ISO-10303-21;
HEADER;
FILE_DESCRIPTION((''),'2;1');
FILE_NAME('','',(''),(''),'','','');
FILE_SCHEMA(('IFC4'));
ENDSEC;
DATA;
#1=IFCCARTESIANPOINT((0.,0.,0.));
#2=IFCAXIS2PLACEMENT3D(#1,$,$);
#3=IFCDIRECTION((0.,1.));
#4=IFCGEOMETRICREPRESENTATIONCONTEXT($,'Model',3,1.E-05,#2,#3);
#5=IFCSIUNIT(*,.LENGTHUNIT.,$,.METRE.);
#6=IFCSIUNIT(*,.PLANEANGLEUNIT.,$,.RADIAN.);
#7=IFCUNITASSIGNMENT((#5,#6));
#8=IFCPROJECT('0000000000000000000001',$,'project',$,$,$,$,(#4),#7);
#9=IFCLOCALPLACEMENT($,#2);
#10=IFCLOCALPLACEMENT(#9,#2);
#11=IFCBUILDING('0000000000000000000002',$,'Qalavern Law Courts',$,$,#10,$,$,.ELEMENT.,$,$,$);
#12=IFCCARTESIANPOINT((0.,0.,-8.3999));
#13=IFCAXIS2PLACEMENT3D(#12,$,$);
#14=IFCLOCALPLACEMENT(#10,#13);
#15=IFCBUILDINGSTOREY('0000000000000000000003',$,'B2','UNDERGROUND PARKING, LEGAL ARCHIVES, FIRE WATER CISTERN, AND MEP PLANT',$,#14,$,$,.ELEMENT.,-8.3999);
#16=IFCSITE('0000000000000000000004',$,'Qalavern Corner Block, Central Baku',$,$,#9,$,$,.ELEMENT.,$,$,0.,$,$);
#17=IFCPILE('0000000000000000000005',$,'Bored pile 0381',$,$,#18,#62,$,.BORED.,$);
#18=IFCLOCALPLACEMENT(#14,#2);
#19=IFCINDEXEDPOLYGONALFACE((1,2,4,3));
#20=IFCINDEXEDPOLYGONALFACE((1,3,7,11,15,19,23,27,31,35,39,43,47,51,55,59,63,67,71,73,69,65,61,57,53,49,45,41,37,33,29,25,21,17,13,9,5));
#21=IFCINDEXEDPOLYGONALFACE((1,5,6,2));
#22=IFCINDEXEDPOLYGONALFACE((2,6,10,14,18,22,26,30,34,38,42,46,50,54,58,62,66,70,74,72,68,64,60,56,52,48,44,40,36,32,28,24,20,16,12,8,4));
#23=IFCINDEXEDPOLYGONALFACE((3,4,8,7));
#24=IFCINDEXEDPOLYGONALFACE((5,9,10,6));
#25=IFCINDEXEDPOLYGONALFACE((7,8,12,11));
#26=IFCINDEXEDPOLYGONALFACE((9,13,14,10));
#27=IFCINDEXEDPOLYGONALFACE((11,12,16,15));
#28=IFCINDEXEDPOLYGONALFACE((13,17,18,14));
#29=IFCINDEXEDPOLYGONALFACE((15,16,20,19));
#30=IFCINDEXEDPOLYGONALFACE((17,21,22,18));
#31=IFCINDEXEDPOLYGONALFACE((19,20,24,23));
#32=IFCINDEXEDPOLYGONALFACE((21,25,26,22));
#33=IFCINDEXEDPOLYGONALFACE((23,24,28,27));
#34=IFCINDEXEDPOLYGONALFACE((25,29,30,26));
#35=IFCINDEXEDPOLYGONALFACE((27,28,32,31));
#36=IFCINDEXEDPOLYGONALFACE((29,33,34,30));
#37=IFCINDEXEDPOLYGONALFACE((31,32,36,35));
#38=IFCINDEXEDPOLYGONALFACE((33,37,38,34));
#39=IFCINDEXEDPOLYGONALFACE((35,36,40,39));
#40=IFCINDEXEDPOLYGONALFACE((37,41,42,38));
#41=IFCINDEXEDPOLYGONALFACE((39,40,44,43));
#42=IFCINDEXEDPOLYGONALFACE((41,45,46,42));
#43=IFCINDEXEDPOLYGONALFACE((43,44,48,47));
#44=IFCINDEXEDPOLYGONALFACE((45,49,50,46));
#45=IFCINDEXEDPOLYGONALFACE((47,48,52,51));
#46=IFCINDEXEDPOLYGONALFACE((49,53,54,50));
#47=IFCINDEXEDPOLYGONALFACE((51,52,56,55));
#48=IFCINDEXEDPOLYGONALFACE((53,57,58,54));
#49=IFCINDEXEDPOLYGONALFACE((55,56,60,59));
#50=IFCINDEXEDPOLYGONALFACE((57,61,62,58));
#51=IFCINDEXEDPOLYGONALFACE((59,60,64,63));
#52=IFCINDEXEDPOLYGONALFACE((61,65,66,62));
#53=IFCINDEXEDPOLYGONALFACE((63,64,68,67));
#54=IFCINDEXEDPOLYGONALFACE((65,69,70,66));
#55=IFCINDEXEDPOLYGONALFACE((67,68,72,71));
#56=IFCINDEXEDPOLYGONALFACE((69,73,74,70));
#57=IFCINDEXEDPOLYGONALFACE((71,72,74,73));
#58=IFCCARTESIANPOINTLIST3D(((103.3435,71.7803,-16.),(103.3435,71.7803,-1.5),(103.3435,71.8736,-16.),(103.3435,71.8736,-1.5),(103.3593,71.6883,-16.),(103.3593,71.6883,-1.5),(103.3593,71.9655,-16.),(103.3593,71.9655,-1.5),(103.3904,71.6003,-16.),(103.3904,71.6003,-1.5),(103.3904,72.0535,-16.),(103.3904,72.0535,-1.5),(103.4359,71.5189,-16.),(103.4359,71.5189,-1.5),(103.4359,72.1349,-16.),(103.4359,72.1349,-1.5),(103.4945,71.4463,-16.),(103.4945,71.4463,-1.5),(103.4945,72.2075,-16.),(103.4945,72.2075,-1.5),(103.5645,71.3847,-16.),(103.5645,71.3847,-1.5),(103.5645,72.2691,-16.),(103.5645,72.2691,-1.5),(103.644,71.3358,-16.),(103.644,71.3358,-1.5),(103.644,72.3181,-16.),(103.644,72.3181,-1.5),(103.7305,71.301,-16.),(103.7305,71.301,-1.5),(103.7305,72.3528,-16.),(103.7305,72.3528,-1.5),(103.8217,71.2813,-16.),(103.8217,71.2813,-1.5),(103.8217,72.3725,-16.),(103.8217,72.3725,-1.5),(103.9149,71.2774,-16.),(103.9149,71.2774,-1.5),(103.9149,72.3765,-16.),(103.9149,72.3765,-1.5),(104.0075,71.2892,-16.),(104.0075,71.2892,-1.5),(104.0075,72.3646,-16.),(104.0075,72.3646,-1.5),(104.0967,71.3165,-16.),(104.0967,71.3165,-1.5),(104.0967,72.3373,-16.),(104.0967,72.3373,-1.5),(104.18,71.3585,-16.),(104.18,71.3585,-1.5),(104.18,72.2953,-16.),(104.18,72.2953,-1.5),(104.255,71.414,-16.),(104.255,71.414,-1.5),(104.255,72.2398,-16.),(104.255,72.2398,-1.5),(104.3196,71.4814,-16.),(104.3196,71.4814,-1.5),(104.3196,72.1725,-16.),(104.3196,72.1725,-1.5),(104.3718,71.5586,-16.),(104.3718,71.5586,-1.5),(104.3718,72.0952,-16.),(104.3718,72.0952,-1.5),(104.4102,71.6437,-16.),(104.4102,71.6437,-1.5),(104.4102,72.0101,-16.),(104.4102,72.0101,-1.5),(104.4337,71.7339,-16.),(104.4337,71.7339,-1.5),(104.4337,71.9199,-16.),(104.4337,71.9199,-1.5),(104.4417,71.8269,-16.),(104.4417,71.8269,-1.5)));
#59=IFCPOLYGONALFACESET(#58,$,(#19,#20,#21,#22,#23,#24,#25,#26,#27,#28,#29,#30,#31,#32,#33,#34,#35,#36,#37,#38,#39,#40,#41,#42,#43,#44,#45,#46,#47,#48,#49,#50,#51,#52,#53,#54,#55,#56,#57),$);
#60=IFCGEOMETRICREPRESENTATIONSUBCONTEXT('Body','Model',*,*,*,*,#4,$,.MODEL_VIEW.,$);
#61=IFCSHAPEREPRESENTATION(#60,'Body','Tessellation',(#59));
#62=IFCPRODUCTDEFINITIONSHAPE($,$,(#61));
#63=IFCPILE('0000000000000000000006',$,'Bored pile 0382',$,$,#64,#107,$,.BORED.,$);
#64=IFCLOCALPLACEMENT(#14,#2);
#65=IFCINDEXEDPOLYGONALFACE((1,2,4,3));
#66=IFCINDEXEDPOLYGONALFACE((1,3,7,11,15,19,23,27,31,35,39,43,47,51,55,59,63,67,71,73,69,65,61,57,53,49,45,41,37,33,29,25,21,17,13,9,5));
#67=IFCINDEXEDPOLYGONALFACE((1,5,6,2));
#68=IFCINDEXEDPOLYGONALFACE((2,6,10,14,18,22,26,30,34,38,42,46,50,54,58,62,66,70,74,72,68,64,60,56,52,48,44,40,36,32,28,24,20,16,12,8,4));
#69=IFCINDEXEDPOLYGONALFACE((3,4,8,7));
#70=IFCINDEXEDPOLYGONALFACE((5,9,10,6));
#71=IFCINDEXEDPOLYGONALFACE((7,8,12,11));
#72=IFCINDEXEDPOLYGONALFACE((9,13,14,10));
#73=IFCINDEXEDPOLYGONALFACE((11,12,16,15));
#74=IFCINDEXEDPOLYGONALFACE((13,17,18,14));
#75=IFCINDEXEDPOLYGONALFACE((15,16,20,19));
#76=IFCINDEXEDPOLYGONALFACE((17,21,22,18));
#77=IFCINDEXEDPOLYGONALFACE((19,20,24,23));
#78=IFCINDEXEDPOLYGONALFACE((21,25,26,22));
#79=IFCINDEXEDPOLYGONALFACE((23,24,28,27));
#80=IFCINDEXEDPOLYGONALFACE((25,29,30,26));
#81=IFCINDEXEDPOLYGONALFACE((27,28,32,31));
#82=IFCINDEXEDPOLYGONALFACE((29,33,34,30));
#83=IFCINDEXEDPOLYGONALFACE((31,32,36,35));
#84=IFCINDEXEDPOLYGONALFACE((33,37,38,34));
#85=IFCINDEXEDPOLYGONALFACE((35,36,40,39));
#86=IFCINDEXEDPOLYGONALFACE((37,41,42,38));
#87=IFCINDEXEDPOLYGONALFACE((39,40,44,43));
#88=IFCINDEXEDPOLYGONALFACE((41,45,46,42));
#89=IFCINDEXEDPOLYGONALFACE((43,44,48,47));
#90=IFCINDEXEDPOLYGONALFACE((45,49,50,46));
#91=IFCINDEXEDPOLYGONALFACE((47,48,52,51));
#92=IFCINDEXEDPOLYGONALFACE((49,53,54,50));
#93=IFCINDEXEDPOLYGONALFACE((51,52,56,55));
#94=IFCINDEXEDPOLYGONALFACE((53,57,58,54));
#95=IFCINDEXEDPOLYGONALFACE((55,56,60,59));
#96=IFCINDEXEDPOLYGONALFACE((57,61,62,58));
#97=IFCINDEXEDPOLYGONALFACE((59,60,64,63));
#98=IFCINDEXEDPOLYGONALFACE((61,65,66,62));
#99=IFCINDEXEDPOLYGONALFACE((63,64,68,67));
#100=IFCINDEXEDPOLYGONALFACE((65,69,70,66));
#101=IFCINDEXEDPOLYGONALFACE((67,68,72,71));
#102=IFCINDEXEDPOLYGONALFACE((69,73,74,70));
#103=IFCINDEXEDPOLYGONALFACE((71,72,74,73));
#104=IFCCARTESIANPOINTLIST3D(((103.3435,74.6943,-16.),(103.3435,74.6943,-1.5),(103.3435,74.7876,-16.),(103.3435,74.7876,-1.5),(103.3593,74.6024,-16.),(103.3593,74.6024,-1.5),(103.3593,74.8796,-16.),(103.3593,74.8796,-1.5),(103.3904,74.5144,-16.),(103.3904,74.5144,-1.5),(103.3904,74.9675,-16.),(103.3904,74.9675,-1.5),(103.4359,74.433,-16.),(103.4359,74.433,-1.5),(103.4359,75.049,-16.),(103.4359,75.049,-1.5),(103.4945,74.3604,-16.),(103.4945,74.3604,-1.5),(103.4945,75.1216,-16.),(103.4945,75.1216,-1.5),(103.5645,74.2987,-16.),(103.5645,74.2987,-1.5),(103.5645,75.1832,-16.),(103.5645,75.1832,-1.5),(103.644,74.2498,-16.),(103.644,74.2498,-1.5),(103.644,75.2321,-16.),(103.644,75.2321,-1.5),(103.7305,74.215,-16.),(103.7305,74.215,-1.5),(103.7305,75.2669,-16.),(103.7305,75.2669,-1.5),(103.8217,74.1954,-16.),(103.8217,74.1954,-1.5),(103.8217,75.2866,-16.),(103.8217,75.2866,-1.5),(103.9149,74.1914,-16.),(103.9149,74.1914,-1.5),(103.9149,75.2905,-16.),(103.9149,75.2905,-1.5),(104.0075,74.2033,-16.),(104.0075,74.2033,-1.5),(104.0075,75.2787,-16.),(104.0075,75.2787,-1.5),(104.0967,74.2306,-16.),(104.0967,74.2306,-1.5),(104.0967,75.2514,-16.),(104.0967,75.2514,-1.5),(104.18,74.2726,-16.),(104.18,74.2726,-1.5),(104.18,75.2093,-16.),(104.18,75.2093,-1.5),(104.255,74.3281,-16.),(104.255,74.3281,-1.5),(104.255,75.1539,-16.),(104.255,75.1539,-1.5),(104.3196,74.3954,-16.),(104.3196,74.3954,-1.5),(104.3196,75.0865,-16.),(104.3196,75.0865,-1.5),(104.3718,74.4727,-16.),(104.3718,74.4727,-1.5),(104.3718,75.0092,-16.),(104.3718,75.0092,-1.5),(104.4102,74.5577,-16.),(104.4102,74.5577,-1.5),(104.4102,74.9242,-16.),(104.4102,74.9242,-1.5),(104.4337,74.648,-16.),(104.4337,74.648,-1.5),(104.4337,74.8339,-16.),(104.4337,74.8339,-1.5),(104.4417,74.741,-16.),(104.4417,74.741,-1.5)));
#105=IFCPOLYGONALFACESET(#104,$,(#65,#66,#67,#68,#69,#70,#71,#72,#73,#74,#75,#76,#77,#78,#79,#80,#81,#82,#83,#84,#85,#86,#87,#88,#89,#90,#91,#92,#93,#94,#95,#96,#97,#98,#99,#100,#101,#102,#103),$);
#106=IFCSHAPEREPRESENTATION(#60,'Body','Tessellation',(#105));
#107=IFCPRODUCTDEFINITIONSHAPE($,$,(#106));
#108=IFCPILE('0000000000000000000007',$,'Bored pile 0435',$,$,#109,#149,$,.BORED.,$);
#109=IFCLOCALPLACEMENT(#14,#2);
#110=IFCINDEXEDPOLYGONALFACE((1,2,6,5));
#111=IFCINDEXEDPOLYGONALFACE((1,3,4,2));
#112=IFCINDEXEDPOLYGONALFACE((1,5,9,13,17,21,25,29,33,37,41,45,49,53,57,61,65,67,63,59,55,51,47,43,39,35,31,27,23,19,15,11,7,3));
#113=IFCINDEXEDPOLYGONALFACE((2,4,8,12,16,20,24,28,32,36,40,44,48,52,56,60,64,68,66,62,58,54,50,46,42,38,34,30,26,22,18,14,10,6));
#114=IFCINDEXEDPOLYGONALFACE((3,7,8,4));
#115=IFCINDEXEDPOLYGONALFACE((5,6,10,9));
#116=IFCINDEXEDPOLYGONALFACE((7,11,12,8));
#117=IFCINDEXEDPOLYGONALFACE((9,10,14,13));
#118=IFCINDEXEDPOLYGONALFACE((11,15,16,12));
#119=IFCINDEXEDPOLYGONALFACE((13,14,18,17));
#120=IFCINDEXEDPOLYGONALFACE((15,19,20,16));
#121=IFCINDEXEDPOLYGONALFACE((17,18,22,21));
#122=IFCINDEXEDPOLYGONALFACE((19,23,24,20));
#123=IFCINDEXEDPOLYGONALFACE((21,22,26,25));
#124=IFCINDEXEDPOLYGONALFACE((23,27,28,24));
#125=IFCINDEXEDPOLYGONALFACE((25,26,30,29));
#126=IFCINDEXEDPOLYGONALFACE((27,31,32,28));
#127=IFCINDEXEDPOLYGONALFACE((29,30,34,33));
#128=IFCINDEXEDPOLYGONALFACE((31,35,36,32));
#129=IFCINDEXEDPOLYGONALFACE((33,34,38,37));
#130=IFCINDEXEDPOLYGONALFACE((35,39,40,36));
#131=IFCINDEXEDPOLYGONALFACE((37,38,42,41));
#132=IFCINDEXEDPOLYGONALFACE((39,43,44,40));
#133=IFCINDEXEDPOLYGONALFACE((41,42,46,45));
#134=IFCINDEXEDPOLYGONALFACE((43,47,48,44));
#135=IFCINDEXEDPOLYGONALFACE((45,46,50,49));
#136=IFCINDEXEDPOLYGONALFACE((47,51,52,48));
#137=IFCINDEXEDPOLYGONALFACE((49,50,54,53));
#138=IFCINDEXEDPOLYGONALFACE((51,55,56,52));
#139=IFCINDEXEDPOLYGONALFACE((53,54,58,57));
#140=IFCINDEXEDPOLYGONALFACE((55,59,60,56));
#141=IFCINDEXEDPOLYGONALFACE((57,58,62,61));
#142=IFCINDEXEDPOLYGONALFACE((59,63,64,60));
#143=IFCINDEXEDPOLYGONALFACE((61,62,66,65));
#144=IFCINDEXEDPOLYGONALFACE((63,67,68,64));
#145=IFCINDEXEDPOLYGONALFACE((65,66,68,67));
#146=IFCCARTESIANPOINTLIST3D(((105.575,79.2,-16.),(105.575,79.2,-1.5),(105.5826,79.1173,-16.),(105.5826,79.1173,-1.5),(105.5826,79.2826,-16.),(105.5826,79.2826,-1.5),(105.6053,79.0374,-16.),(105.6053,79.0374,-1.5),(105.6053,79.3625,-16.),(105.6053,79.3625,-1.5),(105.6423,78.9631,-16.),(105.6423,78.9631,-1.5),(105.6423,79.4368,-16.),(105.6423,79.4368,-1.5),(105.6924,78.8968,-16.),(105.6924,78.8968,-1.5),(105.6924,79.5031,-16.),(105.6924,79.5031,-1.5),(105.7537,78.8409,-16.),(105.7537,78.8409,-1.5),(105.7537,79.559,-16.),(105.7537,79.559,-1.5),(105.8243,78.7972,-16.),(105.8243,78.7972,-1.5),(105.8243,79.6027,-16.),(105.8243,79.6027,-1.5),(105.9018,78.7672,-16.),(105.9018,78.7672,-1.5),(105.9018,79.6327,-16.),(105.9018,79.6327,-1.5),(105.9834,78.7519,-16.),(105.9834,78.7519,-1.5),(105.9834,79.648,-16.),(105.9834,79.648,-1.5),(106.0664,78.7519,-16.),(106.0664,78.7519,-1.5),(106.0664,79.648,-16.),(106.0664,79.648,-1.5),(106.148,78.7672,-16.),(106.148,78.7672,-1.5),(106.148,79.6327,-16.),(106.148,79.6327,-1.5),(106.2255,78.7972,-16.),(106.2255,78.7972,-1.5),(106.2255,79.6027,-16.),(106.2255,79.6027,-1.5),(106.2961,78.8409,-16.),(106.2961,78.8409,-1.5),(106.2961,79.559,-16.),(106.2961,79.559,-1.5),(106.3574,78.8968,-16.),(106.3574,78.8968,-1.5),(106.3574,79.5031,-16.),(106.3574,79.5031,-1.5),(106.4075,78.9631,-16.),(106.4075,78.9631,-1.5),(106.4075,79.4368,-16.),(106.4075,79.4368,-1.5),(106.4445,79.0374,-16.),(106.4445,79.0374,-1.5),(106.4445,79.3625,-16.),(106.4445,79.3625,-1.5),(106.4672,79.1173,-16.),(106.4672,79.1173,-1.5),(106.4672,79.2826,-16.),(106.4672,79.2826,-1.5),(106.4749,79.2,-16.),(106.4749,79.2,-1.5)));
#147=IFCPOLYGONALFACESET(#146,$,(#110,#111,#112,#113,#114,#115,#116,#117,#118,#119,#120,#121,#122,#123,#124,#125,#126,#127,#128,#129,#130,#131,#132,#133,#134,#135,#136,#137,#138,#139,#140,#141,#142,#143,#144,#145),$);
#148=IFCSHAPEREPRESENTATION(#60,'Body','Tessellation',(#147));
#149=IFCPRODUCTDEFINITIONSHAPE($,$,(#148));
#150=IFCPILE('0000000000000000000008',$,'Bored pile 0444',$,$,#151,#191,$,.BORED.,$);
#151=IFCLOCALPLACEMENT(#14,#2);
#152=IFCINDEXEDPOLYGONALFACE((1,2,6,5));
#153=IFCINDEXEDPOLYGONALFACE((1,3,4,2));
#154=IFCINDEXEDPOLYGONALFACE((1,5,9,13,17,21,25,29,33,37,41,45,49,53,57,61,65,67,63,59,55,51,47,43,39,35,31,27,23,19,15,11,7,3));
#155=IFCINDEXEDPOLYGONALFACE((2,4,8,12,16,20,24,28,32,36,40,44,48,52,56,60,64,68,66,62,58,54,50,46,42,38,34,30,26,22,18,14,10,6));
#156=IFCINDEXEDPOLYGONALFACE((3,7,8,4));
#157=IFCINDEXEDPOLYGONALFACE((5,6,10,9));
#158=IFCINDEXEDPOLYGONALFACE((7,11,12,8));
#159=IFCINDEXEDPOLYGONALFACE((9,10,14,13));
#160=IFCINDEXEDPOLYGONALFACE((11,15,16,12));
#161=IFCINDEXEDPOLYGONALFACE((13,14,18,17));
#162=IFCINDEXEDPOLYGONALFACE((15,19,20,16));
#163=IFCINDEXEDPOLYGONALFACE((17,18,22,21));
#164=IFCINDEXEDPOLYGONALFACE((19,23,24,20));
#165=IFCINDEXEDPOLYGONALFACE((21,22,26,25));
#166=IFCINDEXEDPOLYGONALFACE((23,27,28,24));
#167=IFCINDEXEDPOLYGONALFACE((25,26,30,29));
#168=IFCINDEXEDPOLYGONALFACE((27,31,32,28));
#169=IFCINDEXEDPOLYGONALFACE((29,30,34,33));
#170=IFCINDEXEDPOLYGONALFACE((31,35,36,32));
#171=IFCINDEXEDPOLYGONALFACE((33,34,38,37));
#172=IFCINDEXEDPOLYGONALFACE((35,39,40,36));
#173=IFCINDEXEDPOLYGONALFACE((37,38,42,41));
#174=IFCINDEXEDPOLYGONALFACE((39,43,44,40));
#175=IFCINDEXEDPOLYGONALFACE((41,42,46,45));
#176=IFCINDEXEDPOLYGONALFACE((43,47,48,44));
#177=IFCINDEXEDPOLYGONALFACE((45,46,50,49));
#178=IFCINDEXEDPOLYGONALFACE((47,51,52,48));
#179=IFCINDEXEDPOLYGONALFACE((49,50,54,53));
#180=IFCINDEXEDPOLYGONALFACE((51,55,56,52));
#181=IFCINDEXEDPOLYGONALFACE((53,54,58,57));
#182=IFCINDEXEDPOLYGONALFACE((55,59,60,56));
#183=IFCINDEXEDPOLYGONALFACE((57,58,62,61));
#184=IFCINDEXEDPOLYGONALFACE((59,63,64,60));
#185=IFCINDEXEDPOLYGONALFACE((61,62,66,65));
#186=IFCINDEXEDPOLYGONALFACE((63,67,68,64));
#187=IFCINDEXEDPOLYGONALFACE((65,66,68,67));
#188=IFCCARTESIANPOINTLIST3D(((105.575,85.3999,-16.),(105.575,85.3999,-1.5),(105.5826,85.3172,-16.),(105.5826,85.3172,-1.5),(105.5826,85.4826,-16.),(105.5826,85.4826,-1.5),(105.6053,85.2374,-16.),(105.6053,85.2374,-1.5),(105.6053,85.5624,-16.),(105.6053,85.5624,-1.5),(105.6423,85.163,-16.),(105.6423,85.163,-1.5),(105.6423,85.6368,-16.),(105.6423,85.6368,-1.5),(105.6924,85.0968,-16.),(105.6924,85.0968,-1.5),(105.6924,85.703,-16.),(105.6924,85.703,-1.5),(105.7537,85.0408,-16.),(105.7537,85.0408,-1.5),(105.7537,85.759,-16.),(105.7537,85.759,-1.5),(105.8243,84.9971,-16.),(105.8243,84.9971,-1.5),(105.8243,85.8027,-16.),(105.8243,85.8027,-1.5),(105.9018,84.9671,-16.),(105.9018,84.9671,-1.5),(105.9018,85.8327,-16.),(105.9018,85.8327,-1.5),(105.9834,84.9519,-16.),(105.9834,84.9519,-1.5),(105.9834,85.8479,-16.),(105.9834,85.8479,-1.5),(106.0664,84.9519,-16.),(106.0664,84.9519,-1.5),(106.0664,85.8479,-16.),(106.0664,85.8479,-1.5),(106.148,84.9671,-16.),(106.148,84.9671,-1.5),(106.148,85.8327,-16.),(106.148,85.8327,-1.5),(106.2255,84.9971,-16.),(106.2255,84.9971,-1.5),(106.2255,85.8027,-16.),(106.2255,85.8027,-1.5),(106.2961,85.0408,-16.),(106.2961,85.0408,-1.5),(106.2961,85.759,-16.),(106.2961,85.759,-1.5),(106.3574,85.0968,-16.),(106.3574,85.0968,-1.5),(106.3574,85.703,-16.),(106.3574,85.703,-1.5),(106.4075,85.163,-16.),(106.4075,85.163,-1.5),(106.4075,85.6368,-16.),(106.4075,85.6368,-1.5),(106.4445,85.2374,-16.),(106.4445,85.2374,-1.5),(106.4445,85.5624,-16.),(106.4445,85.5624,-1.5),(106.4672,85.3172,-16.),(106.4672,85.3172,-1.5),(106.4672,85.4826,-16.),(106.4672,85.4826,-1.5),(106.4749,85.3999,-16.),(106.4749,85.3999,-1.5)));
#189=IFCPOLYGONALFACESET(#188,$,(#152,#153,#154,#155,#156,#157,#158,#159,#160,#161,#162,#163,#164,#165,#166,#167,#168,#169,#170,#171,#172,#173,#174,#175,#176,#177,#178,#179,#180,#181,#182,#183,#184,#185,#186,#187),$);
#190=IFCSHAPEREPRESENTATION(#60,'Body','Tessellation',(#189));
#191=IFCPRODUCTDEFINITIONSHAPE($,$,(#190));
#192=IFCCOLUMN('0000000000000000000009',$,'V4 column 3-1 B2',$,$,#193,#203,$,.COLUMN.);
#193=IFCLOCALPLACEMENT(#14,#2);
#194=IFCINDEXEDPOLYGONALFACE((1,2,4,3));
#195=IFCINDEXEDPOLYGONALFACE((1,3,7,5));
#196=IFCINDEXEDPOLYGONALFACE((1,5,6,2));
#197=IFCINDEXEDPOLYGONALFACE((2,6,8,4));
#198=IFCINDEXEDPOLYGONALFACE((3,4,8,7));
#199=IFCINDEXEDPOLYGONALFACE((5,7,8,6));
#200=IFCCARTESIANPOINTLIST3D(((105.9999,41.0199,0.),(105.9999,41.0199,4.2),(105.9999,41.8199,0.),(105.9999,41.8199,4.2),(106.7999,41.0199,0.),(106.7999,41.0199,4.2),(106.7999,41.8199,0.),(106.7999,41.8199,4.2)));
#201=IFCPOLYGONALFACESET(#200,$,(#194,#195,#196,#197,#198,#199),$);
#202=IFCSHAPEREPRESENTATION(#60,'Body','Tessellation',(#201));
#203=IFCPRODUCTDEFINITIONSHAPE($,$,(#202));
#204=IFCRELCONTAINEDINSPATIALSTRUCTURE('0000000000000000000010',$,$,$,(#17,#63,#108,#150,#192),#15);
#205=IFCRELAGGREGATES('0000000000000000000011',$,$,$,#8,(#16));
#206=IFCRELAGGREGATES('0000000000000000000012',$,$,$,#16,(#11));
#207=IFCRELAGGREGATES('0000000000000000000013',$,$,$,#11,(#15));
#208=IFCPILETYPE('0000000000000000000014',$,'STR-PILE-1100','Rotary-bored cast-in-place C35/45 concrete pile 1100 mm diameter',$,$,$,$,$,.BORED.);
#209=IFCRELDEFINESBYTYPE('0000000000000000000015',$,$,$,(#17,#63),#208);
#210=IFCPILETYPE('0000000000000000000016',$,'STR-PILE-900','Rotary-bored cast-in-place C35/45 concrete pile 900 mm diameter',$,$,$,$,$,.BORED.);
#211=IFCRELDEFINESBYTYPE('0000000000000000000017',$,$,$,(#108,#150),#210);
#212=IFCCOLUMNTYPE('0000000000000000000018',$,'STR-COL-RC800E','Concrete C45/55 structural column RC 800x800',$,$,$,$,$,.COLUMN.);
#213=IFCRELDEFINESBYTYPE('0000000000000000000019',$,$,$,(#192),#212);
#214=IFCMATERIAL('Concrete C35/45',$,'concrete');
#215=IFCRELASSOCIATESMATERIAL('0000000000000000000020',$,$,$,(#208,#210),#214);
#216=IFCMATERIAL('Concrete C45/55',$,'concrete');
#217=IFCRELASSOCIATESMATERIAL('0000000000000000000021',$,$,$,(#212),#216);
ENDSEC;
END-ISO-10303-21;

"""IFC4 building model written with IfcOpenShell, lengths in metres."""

from ifc_helpers import new_model, si_unit, direction, frame, origin, origin_2d, place, context, subcontext, project, spatial, rectangle, circle, extrude, material, material_profile, profile_set, type_object, element, save


model = new_model("IFC4")

# Units and contexts
model_context = context("Model", 3, precision=1e-05, world=origin(), true_north=direction((0.0, 1.0)))
body_context = subcontext(model_context, "Body", "Model", "MODEL_VIEW")
ifc_project = project(units=[si_unit("LENGTHUNIT", "METRE"), si_unit("PLANEANGLEUNIT", "RADIAN")], contexts=[model_context])

# Site, building, storey
site_placement = place(None, origin())
site = spatial("IfcSite", under=ifc_project, at=site_placement, Name="Qalavern Corner Block, Central Baku", CompositionType="ELEMENT", RefElevation=0.0)
building_placement = place(site_placement, origin())
building = spatial("IfcBuilding", under=site, at=building_placement, Name="Qalavern Law Courts", CompositionType="ELEMENT")
storey_placement = place(building_placement, frame((0.0, 0.0, -8.3999)))
storey = spatial("IfcBuildingStorey", under=building, at=storey_placement, Name="B2", Description="UNDERGROUND PARKING, LEGAL ARCHIVES, FIRE WATER CISTERN, AND MEP PLANT", CompositionType="ELEMENT", Elevation=-8.3999)

# Shared definitions
ifc_material_1 = material(Name="Concrete C35/45", Category="concrete")

# Piles
ifc_material_profile_1 = material_profile(ifc_material_1, circle(Radius=0.55, at=origin_2d()), Name="BORED PILE 1100")
ifc_profile_set_1 = profile_set([ifc_material_profile_1], Name="Concrete C35/45")
pile_type_1 = type_object("IfcPileType", Name="STR-PILE-1100", Description="Rotary-bored cast-in-place C35/45 concrete pile 1100 mm diameter", PredefinedType="BORED", material=ifc_profile_set_1)
for number, where, z_axis, x_axis, name in (
    (1, (103.8916, 71.8269, -1.5), (0.0, 0.0, -1.0), (1.0, 0.0, 0.0), "Bored pile 0381"),
    (2, (103.8916, 74.741, -1.5), (0.0, 0.0, -1.0), (1.0, 0.0, 0.0), "Bored pile 0382"),
):
    element("IfcPile", number, at=place(storey_placement, frame(where, z_axis=z_axis, x_axis=x_axis)), inside=storey, type_object=pile_type_1, Name=name, PredefinedType="BORED", context=body_context, shape_type="SweptSolid", body=[
        extrude(circle(Radius=0.55, at=origin_2d()), origin(), (0.0, 0.0, 1.0), 14.5),
    ])
ifc_material_profile_2 = material_profile(ifc_material_1, circle(Radius=0.45, at=origin_2d()), Name="BORED PILE 900")
ifc_profile_set_2 = profile_set([ifc_material_profile_2], Name="Concrete C35/45")
pile_type_2 = type_object("IfcPileType", Name="STR-PILE-900", Description="Rotary-bored cast-in-place C35/45 concrete pile 900 mm diameter", PredefinedType="BORED", material=ifc_profile_set_2)
for number, where, z_axis, x_axis, name in (
    (3, (106.0249, 79.2, -1.5), (0.0, 0.0, -1.0), (1.0, 0.0, 0.0), "Bored pile 0435"),
    (4, (106.0249, 85.3999, -1.5), (0.0, 0.0, -1.0), (1.0, 0.0, 0.0), "Bored pile 0444"),
):
    element("IfcPile", number, at=place(storey_placement, frame(where, z_axis=z_axis, x_axis=x_axis)), inside=storey, type_object=pile_type_2, Name=name, PredefinedType="BORED", context=body_context, shape_type="SweptSolid", body=[
        extrude(circle(Radius=0.45, at=origin_2d()), origin(), (0.0, 0.0, 1.0), 14.5),
    ])

# Column
ifc_material_2 = material(Name="Concrete C45/55", Category="concrete")
ifc_material_profile_3 = material_profile(ifc_material_2, rectangle(XDim=0.8, YDim=0.8, at=origin_2d()), Name="RC 800x800")
ifc_profile_set_3 = profile_set([ifc_material_profile_3], Name="Concrete C45/55")
column_type = type_object("IfcColumnType", Name="STR-COL-RC800E", Description="Concrete C45/55 structural column RC 800x800", PredefinedType="COLUMN", material=ifc_profile_set_3)
for number, where, z_axis, x_axis, name in (
    (5, (106.3999, 41.4199, 0.0), (0.0, 0.0, 1.0), (1.0, 0.0, 0.0), "V4 column 3-1 B2"),
):
    element("IfcColumn", number, at=place(storey_placement, frame(where, z_axis=z_axis, x_axis=x_axis)), inside=storey, type_object=column_type, Name=name, PredefinedType="COLUMN", context=body_context, shape_type="SweptSolid", body=[
        extrude(rectangle(XDim=0.8, YDim=0.8, at=origin_2d()), origin(), (0.0, 0.0, 1.0), 4.2),
    ])

save(model, "model.ifc")
